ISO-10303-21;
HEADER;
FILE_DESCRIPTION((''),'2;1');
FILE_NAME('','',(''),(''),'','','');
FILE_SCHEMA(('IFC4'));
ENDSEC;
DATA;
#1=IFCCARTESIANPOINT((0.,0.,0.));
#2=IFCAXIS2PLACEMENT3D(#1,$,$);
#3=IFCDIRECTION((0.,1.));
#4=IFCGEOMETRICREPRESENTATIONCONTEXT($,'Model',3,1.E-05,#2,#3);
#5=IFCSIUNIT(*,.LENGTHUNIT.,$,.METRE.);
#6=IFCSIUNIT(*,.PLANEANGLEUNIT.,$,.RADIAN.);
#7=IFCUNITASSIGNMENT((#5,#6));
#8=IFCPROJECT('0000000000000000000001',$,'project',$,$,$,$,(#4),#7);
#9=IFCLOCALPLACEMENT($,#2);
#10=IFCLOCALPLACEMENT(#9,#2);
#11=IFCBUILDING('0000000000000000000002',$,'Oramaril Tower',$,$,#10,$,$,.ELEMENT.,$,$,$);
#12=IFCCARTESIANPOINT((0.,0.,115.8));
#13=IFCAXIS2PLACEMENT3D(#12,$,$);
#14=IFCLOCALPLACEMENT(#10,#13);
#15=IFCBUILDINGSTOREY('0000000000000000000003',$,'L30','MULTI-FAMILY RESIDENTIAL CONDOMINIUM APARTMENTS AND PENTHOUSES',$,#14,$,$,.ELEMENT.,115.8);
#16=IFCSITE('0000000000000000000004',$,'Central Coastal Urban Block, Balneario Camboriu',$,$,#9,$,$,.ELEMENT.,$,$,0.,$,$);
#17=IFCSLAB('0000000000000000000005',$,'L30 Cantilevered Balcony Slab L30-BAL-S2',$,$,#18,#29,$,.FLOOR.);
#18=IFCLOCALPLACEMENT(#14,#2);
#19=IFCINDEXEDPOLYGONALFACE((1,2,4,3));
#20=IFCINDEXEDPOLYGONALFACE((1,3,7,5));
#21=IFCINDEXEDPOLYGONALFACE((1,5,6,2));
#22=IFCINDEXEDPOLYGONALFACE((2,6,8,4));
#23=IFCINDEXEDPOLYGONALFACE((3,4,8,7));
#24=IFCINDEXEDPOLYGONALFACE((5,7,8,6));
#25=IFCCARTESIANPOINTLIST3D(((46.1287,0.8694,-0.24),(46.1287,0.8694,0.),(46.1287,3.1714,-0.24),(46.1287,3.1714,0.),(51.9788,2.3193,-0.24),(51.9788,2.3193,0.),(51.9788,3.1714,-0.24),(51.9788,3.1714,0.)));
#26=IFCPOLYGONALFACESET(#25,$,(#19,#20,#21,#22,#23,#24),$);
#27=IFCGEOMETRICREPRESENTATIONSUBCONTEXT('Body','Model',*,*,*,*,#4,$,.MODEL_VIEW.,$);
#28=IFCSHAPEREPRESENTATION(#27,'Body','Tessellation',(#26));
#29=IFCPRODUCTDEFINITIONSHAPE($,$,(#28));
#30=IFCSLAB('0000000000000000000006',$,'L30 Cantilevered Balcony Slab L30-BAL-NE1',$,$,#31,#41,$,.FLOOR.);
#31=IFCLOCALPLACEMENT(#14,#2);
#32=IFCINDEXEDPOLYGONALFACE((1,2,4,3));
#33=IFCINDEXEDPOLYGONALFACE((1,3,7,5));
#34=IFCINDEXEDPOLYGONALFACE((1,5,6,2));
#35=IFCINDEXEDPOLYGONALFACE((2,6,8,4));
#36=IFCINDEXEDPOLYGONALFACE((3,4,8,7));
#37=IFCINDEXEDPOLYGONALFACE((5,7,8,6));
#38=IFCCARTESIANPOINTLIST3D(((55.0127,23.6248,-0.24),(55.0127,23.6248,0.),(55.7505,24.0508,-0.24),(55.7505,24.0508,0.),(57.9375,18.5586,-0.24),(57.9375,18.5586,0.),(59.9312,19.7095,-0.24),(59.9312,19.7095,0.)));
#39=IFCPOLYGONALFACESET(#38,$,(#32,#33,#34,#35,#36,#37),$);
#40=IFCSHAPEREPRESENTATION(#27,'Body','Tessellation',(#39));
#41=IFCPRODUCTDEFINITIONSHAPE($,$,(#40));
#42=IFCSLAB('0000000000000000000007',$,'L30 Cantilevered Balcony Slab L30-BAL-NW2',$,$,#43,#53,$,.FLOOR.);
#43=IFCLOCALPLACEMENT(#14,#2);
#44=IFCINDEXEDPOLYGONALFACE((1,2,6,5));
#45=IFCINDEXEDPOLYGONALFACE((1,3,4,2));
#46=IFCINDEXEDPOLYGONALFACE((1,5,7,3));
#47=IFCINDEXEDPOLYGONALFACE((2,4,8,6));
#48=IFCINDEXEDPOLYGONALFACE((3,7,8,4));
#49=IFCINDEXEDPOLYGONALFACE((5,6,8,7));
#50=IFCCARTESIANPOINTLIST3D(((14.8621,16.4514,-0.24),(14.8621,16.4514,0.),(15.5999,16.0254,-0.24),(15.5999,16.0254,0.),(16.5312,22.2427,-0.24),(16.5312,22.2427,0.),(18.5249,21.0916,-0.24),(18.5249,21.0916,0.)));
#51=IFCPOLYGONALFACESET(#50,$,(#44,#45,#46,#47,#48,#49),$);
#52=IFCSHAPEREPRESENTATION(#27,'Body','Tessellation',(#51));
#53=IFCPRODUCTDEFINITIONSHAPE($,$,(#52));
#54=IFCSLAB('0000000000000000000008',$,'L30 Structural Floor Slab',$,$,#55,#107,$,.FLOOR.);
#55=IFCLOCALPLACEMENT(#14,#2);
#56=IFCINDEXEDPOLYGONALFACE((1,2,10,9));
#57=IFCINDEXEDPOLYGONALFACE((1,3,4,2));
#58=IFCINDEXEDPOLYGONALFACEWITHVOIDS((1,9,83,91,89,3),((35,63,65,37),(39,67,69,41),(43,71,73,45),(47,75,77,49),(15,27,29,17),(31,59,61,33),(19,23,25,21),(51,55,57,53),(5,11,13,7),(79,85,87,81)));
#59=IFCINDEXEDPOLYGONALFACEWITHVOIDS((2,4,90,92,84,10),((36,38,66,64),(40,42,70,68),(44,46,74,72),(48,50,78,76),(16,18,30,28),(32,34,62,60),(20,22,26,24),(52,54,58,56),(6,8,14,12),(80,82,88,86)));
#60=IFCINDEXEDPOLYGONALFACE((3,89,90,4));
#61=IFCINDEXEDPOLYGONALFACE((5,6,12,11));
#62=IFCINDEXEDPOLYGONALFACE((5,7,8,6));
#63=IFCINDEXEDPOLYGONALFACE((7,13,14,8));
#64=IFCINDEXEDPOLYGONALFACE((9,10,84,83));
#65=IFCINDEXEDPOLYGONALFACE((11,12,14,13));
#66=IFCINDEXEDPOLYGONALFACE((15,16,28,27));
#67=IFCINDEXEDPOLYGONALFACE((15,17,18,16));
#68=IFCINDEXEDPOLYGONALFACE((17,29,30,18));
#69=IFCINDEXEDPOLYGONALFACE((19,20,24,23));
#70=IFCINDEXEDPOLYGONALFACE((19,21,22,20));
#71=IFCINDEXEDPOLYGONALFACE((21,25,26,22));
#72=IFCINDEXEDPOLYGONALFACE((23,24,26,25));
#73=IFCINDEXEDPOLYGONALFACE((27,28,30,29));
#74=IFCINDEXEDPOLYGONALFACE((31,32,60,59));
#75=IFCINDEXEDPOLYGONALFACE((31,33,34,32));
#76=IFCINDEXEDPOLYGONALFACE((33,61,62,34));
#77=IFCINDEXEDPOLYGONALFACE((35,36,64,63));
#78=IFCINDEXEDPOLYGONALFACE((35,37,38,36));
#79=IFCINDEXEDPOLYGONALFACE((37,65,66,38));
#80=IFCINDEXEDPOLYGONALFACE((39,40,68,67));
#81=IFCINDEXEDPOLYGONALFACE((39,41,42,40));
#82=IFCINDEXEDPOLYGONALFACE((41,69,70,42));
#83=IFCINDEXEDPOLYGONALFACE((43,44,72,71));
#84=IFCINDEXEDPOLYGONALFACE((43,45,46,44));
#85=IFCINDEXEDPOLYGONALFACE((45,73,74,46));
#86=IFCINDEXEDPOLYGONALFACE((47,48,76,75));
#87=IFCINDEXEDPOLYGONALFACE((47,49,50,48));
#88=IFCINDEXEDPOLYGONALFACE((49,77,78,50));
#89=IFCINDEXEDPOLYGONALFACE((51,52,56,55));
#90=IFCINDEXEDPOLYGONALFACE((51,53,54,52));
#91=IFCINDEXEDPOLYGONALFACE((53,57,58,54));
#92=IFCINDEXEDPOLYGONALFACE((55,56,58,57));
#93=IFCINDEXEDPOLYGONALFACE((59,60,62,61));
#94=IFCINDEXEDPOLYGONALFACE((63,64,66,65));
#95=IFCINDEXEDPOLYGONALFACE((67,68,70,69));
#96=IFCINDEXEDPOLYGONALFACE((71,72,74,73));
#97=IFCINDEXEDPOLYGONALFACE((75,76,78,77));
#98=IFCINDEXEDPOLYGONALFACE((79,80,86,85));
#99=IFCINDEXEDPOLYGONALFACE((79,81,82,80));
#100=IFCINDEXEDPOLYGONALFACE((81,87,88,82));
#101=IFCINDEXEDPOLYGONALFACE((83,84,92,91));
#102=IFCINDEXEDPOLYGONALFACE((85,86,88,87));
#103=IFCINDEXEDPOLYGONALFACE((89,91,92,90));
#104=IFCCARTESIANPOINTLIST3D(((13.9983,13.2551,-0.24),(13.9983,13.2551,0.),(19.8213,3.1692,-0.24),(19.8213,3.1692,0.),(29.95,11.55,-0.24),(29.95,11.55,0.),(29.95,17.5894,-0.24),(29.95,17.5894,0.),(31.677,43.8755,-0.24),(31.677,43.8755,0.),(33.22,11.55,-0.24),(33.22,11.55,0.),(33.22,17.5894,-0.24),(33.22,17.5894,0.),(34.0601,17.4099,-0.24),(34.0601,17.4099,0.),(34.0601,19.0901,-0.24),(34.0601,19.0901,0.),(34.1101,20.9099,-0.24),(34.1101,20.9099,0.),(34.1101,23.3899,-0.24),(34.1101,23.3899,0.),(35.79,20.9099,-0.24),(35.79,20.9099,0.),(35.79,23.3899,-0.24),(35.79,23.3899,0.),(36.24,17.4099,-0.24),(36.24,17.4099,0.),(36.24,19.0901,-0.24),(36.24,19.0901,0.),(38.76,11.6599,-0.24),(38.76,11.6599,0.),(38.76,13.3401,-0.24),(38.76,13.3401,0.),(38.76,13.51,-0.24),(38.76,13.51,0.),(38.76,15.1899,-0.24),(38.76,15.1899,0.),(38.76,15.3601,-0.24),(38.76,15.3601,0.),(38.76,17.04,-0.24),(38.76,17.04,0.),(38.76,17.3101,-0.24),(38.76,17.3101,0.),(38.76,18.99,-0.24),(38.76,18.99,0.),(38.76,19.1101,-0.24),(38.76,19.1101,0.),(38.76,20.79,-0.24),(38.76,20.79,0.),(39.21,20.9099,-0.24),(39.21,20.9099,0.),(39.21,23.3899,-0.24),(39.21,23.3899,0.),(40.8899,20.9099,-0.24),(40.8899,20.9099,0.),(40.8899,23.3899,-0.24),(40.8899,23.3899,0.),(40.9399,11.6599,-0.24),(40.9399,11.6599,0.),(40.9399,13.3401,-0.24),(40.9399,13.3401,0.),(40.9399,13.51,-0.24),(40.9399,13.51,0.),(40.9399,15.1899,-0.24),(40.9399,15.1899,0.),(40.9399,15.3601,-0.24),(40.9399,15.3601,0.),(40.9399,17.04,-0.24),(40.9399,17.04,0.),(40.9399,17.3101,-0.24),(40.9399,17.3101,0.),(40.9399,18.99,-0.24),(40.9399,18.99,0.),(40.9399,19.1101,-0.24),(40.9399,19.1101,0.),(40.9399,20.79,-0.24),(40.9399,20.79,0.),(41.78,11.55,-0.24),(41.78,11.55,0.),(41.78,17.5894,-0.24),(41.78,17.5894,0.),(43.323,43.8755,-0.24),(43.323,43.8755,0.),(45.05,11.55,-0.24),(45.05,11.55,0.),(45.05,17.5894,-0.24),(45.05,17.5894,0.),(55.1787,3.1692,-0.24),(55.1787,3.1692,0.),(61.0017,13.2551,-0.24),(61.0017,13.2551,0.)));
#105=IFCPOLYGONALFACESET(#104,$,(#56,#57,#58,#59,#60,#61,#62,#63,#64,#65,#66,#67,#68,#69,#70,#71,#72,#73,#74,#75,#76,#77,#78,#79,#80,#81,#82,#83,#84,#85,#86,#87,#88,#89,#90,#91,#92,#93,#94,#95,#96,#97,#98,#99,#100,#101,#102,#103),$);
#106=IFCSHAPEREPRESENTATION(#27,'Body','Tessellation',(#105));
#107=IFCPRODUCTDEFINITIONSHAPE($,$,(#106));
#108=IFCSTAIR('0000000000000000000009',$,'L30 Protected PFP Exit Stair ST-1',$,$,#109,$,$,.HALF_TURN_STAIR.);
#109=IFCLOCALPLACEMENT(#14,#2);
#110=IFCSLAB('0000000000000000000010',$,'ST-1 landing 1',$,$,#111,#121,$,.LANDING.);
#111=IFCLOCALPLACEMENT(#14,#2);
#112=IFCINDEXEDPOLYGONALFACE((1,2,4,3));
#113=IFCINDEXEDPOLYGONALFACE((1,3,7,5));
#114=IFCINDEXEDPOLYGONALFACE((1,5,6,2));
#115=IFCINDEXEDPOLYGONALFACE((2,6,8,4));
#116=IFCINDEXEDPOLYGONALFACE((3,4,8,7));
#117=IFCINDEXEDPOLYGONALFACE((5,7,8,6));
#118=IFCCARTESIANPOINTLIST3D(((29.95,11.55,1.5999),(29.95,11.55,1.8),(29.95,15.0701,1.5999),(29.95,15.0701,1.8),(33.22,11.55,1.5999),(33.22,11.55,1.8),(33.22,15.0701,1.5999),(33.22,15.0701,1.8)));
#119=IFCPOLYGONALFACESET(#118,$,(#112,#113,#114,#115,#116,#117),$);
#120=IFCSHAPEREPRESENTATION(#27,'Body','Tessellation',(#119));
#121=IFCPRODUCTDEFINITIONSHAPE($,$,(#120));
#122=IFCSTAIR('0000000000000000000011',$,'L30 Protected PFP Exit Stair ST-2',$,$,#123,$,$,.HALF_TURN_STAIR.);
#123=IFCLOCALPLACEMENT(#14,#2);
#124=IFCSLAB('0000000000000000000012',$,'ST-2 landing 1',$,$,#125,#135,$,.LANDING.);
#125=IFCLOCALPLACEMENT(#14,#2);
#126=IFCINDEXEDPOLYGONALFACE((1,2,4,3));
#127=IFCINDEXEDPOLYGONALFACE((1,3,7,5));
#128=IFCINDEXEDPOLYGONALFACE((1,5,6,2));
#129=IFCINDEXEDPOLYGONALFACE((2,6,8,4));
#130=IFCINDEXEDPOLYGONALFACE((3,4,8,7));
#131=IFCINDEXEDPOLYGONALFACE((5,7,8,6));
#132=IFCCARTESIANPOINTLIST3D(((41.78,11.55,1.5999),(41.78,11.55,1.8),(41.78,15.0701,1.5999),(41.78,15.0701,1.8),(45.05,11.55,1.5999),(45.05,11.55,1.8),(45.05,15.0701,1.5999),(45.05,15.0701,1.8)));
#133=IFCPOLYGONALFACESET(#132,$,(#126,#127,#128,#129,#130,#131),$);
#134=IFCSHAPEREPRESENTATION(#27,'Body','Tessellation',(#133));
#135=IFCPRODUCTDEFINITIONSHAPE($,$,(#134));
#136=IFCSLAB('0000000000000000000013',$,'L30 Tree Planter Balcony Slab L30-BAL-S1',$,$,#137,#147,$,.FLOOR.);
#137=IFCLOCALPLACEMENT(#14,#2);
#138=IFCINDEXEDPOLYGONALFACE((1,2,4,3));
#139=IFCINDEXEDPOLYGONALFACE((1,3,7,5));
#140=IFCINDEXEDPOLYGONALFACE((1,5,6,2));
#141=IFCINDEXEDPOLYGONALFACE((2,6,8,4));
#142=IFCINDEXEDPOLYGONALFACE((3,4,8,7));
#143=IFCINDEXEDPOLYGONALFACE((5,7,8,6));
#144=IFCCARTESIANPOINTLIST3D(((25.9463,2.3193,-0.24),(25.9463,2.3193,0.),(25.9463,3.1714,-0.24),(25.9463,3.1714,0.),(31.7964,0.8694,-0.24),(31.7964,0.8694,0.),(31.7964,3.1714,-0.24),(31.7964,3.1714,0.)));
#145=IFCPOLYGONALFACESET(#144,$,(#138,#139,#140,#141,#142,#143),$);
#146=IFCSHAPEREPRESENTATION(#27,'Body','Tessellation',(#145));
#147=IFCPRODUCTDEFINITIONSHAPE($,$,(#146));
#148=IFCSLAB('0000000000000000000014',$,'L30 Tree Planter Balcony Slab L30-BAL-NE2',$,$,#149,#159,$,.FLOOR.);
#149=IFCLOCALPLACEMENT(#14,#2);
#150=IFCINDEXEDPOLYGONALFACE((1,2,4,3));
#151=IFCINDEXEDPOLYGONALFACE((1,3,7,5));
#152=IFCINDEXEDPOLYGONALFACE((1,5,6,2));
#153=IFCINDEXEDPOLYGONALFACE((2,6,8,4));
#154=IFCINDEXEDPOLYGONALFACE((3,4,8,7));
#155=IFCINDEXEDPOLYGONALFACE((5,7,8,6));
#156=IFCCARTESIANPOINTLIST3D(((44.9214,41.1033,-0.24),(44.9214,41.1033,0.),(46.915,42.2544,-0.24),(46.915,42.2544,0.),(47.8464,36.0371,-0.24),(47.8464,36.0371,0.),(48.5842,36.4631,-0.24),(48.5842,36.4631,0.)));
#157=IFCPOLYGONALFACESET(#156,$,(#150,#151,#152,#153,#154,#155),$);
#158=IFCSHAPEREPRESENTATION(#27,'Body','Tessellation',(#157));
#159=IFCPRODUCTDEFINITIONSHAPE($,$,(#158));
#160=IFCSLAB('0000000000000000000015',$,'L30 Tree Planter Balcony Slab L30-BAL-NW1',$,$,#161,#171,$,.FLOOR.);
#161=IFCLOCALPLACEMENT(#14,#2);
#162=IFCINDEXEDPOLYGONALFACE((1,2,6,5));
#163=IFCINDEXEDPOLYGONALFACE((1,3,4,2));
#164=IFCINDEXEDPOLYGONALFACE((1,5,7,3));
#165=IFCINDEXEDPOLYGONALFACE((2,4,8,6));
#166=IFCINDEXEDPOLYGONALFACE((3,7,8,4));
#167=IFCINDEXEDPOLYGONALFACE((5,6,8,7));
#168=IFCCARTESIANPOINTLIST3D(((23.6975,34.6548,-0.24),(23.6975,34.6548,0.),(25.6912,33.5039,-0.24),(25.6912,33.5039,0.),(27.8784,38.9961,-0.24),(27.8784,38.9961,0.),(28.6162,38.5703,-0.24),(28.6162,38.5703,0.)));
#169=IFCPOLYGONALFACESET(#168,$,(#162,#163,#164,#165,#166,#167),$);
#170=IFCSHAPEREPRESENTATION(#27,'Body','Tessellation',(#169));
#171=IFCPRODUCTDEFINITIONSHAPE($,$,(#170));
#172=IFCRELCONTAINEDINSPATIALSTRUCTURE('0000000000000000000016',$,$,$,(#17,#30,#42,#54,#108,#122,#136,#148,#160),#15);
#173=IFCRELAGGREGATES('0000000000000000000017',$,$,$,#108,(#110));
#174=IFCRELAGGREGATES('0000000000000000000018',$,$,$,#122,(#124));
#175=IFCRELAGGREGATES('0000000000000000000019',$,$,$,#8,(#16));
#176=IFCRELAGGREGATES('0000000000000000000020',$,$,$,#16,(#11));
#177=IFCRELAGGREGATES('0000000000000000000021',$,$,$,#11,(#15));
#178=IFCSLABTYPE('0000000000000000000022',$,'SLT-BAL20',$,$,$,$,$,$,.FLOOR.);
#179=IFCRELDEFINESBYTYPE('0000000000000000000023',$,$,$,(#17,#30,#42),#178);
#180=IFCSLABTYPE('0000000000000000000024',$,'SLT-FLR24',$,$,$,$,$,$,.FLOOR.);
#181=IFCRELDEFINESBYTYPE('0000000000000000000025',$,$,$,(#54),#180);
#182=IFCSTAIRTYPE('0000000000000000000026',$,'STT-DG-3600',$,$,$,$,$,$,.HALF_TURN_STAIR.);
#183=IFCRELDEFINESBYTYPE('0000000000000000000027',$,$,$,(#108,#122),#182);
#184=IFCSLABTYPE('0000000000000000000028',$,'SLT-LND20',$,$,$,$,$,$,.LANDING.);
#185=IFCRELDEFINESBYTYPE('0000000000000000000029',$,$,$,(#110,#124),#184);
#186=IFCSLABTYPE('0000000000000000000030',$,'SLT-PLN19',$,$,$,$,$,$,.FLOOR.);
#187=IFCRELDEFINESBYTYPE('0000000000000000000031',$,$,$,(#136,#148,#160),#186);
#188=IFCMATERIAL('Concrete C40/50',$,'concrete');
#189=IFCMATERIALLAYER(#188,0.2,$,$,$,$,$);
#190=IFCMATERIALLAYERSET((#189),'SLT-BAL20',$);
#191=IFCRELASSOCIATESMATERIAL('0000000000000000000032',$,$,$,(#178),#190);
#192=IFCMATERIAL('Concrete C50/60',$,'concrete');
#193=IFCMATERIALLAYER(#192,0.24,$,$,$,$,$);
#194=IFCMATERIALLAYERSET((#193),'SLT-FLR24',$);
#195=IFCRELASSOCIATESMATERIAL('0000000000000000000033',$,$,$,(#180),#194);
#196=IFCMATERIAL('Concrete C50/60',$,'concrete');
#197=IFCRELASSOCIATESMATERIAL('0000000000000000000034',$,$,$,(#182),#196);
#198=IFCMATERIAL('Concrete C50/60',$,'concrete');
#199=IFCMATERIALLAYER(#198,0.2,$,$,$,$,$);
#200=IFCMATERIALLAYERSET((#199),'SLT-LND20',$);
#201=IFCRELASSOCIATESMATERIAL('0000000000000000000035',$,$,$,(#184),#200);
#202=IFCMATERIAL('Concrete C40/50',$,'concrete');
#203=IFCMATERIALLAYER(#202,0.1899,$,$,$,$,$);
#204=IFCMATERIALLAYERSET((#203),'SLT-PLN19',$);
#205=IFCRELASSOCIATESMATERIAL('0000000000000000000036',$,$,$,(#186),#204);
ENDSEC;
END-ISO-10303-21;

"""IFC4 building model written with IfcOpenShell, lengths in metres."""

from ifc_helpers import new_model, si_unit, direction, frame, origin, place, context, subcontext, project, spatial, polyline, outline, extrude, material, layer, layer_set, type_object, element, aggregate, save


model = new_model("IFC4")

# Units and contexts
model_context = context("Model", 3, precision=1e-05, world=origin(), true_north=direction((0.0, 1.0)))
body_context = subcontext(model_context, "Body", "Model", "MODEL_VIEW")
ifc_project = project(units=[si_unit("LENGTHUNIT", "METRE"), si_unit("PLANEANGLEUNIT", "RADIAN")], contexts=[model_context])

# Site, building, storey
site_placement = place(None, origin())
site = spatial("IfcSite", under=ifc_project, at=site_placement, Name="Central Coastal Urban Block, Balneario Camboriu", CompositionType="ELEMENT", RefElevation=0.0)
building_placement = place(site_placement, origin())
building = spatial("IfcBuilding", under=site, at=building_placement, Name="Oramaril Tower", CompositionType="ELEMENT")
storey_placement = place(building_placement, frame((0.0, 0.0, 115.8)))
storey = spatial("IfcBuildingStorey", under=building, at=storey_placement, Name="L30", Description="MULTI-FAMILY RESIDENTIAL CONDOMINIUM APARTMENTS AND PENTHOUSES", CompositionType="ELEMENT", Elevation=115.8)

# Slabs
ifc_material_1 = material(Name="Concrete C40/50", Category="concrete")
ifc_layer_1 = layer(ifc_material_1, 0.2)
ifc_layer_set_1 = layer_set([ifc_layer_1], Name="SLT-BAL20")
slab_type_1 = type_object("IfcSlabType", Name="SLT-BAL20", PredefinedType="FLOOR", material=ifc_layer_set_1)
slab_1_placement = place(storey_placement, frame((0.0, 0.0, -0.24)))
element("IfcSlab", 1, at=slab_1_placement, inside=storey, type_object=slab_type_1, Name="L30 Cantilevered Balcony Slab L30-BAL-S2", PredefinedType="FLOOR", context=body_context, shape_type="SweptSolid", body=[
    extrude(outline(polyline([(46.1287, 3.1714), (51.9788, 3.1714), (51.9788, 2.3193), (46.1287, 0.8694), (46.1287, 3.1714)])), origin(), (0.0, 0.0, 1.0), 0.24),
])
slab_2_placement = place(storey_placement, frame((0.0, 0.0, -0.24)))
element("IfcSlab", 2, at=slab_2_placement, inside=storey, type_object=slab_type_1, Name="L30 Cantilevered Balcony Slab L30-BAL-NE1", PredefinedType="FLOOR", context=body_context, shape_type="SweptSolid", body=[
    extrude(outline(polyline([(57.9375, 18.5586), (55.0127, 23.6248), (55.7505, 24.0508), (59.9312, 19.7095), (57.9375, 18.5586)])), origin(), (0.0, 0.0, 1.0), 0.24),
])
slab_3_placement = place(storey_placement, frame((0.0, 0.0, -0.24)))
element("IfcSlab", 3, at=slab_3_placement, inside=storey, type_object=slab_type_1, Name="L30 Cantilevered Balcony Slab L30-BAL-NW2", PredefinedType="FLOOR", context=body_context, shape_type="SweptSolid", body=[
    extrude(outline(polyline([(18.5249, 21.0916), (15.5999, 16.0254), (14.8621, 16.4514), (16.5312, 22.2427), (18.5249, 21.0916)])), origin(), (0.0, 0.0, 1.0), 0.24),
])
ifc_material_2 = material(Name="Concrete C50/60", Category="concrete")
ifc_layer_2 = layer(ifc_material_2, 0.24)
ifc_layer_set_2 = layer_set([ifc_layer_2], Name="SLT-FLR24")
slab_type_2 = type_object("IfcSlabType", Name="SLT-FLR24", PredefinedType="FLOOR", material=ifc_layer_set_2)
slab_4_placement = place(storey_placement, frame((0.0, 0.0, -0.24)))
element("IfcSlab", 4, at=slab_4_placement, inside=storey, type_object=slab_type_2, Name="L30 Structural Floor Slab", PredefinedType="FLOOR", context=body_context, shape_type="SweptSolid", body=[
    extrude(outline(polyline([(13.9983, 13.2551), (19.8213, 3.1692), (55.1787, 3.1692), (61.0017, 13.2551), (43.323, 43.8755), (31.677, 43.8755), (13.9983, 13.2551)]), holes=[polyline([(29.95, 17.5894), (29.95, 11.55), (33.22, 11.55), (33.22, 17.5894), (29.95, 17.5894)]), polyline([(41.78, 17.5894), (41.78, 11.55), (45.05, 11.55), (45.05, 17.5894), (41.78, 17.5894)]), polyline([(34.1101, 20.9099), (35.79, 20.9099), (35.79, 23.3899), (34.1101, 23.3899), (34.1101, 20.9099)]), polyline([(39.21, 20.9099), (40.8899, 20.9099), (40.8899, 23.3899), (39.21, 23.3899), (39.21, 20.9099)]), polyline([(38.76, 11.6599), (40.9399, 11.6599), (40.9399, 13.3401), (38.76, 13.3401), (38.76, 11.6599)]), polyline([(38.76, 13.51), (40.9399, 13.51), (40.9399, 15.1899), (38.76, 15.1899), (38.76, 13.51)]), polyline([(38.76, 15.3601), (40.9399, 15.3601), (40.9399, 17.04), (38.76, 17.04), (38.76, 15.3601)]), polyline([(34.0601, 17.4099), (36.24, 17.4099), (36.24, 19.0901), (34.0601, 19.0901), (34.0601, 17.4099)]), polyline([(38.76, 17.3101), (40.9399, 17.3101), (40.9399, 18.99), (38.76, 18.99), (38.76, 17.3101)]), polyline([(38.76, 19.1101), (40.9399, 19.1101), (40.9399, 20.79), (38.76, 20.79), (38.76, 19.1101)])]), origin(), (0.0, 0.0, 1.0), 0.24),
])

# Stairs, slabs
ifc_material_3 = material(Name="Concrete C50/60", Category="concrete")
stair_type = type_object("IfcStairType", Name="STT-DG-3600", PredefinedType="HALF_TURN_STAIR", material=ifc_material_3)
stair_1_placement = place(storey_placement, origin())
stair_1 = element("IfcStair", 5, at=stair_1_placement, inside=storey, type_object=stair_type, Name="L30 Protected PFP Exit Stair ST-1", PredefinedType="HALF_TURN_STAIR")
ifc_material_4 = material(Name="Concrete C50/60", Category="concrete")
ifc_layer_3 = layer(ifc_material_4, 0.2)
ifc_layer_set_3 = layer_set([ifc_layer_3], Name="SLT-LND20")
slab_type_3 = type_object("IfcSlabType", Name="SLT-LND20", PredefinedType="LANDING", material=ifc_layer_set_3)
slab_5_placement = place(storey_placement, frame((0.0, 0.0, 1.5999)))
slab_5 = element("IfcSlab", 6, at=slab_5_placement, type_object=slab_type_3, Name="ST-1 landing 1", PredefinedType="LANDING", context=body_context, shape_type="SweptSolid", body=[
    extrude(outline(polyline([(29.95, 15.0701), (29.95, 11.55), (33.22, 11.55), (33.22, 15.0701), (29.95, 15.0701)])), origin(), (0.0, 0.0, 1.0), 0.2002),
])
aggregate(stair_1, [slab_5])
stair_2_placement = place(storey_placement, origin())
stair_2 = element("IfcStair", 7, at=stair_2_placement, inside=storey, type_object=stair_type, Name="L30 Protected PFP Exit Stair ST-2", PredefinedType="HALF_TURN_STAIR")
slab_6_placement = place(storey_placement, frame((0.0, 0.0, 1.5999)))
slab_6 = element("IfcSlab", 8, at=slab_6_placement, type_object=slab_type_3, Name="ST-2 landing 1", PredefinedType="LANDING", context=body_context, shape_type="SweptSolid", body=[
    extrude(outline(polyline([(41.78, 15.0701), (41.78, 11.55), (45.05, 11.55), (45.05, 15.0701), (41.78, 15.0701)])), origin(), (0.0, 0.0, 1.0), 0.2002),
])
aggregate(stair_2, [slab_6])

# Slabs
ifc_material_5 = material(Name="Concrete C40/50", Category="concrete")
ifc_layer_4 = layer(ifc_material_5, 0.1899)
ifc_layer_set_4 = layer_set([ifc_layer_4], Name="SLT-PLN19")
slab_type_4 = type_object("IfcSlabType", Name="SLT-PLN19", PredefinedType="FLOOR", material=ifc_layer_set_4)
slab_7_placement = place(storey_placement, frame((0.0, 0.0, -0.24)))
element("IfcSlab", 9, at=slab_7_placement, inside=storey, type_object=slab_type_4, Name="L30 Tree Planter Balcony Slab L30-BAL-S1", PredefinedType="FLOOR", context=body_context, shape_type="SweptSolid", body=[
    extrude(outline(polyline([(25.9463, 3.1714), (31.7964, 3.1714), (31.7964, 0.8694), (25.9463, 2.3193), (25.9463, 3.1714)])), origin(), (0.0, 0.0, 1.0), 0.24),
])
slab_8_placement = place(storey_placement, frame((0.0, 0.0, -0.24)))
element("IfcSlab", 10, at=slab_8_placement, inside=storey, type_object=slab_type_4, Name="L30 Tree Planter Balcony Slab L30-BAL-NE2", PredefinedType="FLOOR", context=body_context, shape_type="SweptSolid", body=[
    extrude(outline(polyline([(47.8464, 36.0371), (44.9214, 41.1033), (46.915, 42.2544), (48.5842, 36.4631), (47.8464, 36.0371)])), origin(), (0.0, 0.0, 1.0), 0.24),
])
slab_9_placement = place(storey_placement, frame((0.0, 0.0, -0.24)))
element("IfcSlab", 11, at=slab_9_placement, inside=storey, type_object=slab_type_4, Name="L30 Tree Planter Balcony Slab L30-BAL-NW1", PredefinedType="FLOOR", context=body_context, shape_type="SweptSolid", body=[
    extrude(outline(polyline([(28.6162, 38.5703), (25.6912, 33.5039), (23.6975, 34.6548), (27.8784, 38.9961), (28.6162, 38.5703)])), origin(), (0.0, 0.0, 1.0), 0.24),
])

save(model, "model.ifc")
